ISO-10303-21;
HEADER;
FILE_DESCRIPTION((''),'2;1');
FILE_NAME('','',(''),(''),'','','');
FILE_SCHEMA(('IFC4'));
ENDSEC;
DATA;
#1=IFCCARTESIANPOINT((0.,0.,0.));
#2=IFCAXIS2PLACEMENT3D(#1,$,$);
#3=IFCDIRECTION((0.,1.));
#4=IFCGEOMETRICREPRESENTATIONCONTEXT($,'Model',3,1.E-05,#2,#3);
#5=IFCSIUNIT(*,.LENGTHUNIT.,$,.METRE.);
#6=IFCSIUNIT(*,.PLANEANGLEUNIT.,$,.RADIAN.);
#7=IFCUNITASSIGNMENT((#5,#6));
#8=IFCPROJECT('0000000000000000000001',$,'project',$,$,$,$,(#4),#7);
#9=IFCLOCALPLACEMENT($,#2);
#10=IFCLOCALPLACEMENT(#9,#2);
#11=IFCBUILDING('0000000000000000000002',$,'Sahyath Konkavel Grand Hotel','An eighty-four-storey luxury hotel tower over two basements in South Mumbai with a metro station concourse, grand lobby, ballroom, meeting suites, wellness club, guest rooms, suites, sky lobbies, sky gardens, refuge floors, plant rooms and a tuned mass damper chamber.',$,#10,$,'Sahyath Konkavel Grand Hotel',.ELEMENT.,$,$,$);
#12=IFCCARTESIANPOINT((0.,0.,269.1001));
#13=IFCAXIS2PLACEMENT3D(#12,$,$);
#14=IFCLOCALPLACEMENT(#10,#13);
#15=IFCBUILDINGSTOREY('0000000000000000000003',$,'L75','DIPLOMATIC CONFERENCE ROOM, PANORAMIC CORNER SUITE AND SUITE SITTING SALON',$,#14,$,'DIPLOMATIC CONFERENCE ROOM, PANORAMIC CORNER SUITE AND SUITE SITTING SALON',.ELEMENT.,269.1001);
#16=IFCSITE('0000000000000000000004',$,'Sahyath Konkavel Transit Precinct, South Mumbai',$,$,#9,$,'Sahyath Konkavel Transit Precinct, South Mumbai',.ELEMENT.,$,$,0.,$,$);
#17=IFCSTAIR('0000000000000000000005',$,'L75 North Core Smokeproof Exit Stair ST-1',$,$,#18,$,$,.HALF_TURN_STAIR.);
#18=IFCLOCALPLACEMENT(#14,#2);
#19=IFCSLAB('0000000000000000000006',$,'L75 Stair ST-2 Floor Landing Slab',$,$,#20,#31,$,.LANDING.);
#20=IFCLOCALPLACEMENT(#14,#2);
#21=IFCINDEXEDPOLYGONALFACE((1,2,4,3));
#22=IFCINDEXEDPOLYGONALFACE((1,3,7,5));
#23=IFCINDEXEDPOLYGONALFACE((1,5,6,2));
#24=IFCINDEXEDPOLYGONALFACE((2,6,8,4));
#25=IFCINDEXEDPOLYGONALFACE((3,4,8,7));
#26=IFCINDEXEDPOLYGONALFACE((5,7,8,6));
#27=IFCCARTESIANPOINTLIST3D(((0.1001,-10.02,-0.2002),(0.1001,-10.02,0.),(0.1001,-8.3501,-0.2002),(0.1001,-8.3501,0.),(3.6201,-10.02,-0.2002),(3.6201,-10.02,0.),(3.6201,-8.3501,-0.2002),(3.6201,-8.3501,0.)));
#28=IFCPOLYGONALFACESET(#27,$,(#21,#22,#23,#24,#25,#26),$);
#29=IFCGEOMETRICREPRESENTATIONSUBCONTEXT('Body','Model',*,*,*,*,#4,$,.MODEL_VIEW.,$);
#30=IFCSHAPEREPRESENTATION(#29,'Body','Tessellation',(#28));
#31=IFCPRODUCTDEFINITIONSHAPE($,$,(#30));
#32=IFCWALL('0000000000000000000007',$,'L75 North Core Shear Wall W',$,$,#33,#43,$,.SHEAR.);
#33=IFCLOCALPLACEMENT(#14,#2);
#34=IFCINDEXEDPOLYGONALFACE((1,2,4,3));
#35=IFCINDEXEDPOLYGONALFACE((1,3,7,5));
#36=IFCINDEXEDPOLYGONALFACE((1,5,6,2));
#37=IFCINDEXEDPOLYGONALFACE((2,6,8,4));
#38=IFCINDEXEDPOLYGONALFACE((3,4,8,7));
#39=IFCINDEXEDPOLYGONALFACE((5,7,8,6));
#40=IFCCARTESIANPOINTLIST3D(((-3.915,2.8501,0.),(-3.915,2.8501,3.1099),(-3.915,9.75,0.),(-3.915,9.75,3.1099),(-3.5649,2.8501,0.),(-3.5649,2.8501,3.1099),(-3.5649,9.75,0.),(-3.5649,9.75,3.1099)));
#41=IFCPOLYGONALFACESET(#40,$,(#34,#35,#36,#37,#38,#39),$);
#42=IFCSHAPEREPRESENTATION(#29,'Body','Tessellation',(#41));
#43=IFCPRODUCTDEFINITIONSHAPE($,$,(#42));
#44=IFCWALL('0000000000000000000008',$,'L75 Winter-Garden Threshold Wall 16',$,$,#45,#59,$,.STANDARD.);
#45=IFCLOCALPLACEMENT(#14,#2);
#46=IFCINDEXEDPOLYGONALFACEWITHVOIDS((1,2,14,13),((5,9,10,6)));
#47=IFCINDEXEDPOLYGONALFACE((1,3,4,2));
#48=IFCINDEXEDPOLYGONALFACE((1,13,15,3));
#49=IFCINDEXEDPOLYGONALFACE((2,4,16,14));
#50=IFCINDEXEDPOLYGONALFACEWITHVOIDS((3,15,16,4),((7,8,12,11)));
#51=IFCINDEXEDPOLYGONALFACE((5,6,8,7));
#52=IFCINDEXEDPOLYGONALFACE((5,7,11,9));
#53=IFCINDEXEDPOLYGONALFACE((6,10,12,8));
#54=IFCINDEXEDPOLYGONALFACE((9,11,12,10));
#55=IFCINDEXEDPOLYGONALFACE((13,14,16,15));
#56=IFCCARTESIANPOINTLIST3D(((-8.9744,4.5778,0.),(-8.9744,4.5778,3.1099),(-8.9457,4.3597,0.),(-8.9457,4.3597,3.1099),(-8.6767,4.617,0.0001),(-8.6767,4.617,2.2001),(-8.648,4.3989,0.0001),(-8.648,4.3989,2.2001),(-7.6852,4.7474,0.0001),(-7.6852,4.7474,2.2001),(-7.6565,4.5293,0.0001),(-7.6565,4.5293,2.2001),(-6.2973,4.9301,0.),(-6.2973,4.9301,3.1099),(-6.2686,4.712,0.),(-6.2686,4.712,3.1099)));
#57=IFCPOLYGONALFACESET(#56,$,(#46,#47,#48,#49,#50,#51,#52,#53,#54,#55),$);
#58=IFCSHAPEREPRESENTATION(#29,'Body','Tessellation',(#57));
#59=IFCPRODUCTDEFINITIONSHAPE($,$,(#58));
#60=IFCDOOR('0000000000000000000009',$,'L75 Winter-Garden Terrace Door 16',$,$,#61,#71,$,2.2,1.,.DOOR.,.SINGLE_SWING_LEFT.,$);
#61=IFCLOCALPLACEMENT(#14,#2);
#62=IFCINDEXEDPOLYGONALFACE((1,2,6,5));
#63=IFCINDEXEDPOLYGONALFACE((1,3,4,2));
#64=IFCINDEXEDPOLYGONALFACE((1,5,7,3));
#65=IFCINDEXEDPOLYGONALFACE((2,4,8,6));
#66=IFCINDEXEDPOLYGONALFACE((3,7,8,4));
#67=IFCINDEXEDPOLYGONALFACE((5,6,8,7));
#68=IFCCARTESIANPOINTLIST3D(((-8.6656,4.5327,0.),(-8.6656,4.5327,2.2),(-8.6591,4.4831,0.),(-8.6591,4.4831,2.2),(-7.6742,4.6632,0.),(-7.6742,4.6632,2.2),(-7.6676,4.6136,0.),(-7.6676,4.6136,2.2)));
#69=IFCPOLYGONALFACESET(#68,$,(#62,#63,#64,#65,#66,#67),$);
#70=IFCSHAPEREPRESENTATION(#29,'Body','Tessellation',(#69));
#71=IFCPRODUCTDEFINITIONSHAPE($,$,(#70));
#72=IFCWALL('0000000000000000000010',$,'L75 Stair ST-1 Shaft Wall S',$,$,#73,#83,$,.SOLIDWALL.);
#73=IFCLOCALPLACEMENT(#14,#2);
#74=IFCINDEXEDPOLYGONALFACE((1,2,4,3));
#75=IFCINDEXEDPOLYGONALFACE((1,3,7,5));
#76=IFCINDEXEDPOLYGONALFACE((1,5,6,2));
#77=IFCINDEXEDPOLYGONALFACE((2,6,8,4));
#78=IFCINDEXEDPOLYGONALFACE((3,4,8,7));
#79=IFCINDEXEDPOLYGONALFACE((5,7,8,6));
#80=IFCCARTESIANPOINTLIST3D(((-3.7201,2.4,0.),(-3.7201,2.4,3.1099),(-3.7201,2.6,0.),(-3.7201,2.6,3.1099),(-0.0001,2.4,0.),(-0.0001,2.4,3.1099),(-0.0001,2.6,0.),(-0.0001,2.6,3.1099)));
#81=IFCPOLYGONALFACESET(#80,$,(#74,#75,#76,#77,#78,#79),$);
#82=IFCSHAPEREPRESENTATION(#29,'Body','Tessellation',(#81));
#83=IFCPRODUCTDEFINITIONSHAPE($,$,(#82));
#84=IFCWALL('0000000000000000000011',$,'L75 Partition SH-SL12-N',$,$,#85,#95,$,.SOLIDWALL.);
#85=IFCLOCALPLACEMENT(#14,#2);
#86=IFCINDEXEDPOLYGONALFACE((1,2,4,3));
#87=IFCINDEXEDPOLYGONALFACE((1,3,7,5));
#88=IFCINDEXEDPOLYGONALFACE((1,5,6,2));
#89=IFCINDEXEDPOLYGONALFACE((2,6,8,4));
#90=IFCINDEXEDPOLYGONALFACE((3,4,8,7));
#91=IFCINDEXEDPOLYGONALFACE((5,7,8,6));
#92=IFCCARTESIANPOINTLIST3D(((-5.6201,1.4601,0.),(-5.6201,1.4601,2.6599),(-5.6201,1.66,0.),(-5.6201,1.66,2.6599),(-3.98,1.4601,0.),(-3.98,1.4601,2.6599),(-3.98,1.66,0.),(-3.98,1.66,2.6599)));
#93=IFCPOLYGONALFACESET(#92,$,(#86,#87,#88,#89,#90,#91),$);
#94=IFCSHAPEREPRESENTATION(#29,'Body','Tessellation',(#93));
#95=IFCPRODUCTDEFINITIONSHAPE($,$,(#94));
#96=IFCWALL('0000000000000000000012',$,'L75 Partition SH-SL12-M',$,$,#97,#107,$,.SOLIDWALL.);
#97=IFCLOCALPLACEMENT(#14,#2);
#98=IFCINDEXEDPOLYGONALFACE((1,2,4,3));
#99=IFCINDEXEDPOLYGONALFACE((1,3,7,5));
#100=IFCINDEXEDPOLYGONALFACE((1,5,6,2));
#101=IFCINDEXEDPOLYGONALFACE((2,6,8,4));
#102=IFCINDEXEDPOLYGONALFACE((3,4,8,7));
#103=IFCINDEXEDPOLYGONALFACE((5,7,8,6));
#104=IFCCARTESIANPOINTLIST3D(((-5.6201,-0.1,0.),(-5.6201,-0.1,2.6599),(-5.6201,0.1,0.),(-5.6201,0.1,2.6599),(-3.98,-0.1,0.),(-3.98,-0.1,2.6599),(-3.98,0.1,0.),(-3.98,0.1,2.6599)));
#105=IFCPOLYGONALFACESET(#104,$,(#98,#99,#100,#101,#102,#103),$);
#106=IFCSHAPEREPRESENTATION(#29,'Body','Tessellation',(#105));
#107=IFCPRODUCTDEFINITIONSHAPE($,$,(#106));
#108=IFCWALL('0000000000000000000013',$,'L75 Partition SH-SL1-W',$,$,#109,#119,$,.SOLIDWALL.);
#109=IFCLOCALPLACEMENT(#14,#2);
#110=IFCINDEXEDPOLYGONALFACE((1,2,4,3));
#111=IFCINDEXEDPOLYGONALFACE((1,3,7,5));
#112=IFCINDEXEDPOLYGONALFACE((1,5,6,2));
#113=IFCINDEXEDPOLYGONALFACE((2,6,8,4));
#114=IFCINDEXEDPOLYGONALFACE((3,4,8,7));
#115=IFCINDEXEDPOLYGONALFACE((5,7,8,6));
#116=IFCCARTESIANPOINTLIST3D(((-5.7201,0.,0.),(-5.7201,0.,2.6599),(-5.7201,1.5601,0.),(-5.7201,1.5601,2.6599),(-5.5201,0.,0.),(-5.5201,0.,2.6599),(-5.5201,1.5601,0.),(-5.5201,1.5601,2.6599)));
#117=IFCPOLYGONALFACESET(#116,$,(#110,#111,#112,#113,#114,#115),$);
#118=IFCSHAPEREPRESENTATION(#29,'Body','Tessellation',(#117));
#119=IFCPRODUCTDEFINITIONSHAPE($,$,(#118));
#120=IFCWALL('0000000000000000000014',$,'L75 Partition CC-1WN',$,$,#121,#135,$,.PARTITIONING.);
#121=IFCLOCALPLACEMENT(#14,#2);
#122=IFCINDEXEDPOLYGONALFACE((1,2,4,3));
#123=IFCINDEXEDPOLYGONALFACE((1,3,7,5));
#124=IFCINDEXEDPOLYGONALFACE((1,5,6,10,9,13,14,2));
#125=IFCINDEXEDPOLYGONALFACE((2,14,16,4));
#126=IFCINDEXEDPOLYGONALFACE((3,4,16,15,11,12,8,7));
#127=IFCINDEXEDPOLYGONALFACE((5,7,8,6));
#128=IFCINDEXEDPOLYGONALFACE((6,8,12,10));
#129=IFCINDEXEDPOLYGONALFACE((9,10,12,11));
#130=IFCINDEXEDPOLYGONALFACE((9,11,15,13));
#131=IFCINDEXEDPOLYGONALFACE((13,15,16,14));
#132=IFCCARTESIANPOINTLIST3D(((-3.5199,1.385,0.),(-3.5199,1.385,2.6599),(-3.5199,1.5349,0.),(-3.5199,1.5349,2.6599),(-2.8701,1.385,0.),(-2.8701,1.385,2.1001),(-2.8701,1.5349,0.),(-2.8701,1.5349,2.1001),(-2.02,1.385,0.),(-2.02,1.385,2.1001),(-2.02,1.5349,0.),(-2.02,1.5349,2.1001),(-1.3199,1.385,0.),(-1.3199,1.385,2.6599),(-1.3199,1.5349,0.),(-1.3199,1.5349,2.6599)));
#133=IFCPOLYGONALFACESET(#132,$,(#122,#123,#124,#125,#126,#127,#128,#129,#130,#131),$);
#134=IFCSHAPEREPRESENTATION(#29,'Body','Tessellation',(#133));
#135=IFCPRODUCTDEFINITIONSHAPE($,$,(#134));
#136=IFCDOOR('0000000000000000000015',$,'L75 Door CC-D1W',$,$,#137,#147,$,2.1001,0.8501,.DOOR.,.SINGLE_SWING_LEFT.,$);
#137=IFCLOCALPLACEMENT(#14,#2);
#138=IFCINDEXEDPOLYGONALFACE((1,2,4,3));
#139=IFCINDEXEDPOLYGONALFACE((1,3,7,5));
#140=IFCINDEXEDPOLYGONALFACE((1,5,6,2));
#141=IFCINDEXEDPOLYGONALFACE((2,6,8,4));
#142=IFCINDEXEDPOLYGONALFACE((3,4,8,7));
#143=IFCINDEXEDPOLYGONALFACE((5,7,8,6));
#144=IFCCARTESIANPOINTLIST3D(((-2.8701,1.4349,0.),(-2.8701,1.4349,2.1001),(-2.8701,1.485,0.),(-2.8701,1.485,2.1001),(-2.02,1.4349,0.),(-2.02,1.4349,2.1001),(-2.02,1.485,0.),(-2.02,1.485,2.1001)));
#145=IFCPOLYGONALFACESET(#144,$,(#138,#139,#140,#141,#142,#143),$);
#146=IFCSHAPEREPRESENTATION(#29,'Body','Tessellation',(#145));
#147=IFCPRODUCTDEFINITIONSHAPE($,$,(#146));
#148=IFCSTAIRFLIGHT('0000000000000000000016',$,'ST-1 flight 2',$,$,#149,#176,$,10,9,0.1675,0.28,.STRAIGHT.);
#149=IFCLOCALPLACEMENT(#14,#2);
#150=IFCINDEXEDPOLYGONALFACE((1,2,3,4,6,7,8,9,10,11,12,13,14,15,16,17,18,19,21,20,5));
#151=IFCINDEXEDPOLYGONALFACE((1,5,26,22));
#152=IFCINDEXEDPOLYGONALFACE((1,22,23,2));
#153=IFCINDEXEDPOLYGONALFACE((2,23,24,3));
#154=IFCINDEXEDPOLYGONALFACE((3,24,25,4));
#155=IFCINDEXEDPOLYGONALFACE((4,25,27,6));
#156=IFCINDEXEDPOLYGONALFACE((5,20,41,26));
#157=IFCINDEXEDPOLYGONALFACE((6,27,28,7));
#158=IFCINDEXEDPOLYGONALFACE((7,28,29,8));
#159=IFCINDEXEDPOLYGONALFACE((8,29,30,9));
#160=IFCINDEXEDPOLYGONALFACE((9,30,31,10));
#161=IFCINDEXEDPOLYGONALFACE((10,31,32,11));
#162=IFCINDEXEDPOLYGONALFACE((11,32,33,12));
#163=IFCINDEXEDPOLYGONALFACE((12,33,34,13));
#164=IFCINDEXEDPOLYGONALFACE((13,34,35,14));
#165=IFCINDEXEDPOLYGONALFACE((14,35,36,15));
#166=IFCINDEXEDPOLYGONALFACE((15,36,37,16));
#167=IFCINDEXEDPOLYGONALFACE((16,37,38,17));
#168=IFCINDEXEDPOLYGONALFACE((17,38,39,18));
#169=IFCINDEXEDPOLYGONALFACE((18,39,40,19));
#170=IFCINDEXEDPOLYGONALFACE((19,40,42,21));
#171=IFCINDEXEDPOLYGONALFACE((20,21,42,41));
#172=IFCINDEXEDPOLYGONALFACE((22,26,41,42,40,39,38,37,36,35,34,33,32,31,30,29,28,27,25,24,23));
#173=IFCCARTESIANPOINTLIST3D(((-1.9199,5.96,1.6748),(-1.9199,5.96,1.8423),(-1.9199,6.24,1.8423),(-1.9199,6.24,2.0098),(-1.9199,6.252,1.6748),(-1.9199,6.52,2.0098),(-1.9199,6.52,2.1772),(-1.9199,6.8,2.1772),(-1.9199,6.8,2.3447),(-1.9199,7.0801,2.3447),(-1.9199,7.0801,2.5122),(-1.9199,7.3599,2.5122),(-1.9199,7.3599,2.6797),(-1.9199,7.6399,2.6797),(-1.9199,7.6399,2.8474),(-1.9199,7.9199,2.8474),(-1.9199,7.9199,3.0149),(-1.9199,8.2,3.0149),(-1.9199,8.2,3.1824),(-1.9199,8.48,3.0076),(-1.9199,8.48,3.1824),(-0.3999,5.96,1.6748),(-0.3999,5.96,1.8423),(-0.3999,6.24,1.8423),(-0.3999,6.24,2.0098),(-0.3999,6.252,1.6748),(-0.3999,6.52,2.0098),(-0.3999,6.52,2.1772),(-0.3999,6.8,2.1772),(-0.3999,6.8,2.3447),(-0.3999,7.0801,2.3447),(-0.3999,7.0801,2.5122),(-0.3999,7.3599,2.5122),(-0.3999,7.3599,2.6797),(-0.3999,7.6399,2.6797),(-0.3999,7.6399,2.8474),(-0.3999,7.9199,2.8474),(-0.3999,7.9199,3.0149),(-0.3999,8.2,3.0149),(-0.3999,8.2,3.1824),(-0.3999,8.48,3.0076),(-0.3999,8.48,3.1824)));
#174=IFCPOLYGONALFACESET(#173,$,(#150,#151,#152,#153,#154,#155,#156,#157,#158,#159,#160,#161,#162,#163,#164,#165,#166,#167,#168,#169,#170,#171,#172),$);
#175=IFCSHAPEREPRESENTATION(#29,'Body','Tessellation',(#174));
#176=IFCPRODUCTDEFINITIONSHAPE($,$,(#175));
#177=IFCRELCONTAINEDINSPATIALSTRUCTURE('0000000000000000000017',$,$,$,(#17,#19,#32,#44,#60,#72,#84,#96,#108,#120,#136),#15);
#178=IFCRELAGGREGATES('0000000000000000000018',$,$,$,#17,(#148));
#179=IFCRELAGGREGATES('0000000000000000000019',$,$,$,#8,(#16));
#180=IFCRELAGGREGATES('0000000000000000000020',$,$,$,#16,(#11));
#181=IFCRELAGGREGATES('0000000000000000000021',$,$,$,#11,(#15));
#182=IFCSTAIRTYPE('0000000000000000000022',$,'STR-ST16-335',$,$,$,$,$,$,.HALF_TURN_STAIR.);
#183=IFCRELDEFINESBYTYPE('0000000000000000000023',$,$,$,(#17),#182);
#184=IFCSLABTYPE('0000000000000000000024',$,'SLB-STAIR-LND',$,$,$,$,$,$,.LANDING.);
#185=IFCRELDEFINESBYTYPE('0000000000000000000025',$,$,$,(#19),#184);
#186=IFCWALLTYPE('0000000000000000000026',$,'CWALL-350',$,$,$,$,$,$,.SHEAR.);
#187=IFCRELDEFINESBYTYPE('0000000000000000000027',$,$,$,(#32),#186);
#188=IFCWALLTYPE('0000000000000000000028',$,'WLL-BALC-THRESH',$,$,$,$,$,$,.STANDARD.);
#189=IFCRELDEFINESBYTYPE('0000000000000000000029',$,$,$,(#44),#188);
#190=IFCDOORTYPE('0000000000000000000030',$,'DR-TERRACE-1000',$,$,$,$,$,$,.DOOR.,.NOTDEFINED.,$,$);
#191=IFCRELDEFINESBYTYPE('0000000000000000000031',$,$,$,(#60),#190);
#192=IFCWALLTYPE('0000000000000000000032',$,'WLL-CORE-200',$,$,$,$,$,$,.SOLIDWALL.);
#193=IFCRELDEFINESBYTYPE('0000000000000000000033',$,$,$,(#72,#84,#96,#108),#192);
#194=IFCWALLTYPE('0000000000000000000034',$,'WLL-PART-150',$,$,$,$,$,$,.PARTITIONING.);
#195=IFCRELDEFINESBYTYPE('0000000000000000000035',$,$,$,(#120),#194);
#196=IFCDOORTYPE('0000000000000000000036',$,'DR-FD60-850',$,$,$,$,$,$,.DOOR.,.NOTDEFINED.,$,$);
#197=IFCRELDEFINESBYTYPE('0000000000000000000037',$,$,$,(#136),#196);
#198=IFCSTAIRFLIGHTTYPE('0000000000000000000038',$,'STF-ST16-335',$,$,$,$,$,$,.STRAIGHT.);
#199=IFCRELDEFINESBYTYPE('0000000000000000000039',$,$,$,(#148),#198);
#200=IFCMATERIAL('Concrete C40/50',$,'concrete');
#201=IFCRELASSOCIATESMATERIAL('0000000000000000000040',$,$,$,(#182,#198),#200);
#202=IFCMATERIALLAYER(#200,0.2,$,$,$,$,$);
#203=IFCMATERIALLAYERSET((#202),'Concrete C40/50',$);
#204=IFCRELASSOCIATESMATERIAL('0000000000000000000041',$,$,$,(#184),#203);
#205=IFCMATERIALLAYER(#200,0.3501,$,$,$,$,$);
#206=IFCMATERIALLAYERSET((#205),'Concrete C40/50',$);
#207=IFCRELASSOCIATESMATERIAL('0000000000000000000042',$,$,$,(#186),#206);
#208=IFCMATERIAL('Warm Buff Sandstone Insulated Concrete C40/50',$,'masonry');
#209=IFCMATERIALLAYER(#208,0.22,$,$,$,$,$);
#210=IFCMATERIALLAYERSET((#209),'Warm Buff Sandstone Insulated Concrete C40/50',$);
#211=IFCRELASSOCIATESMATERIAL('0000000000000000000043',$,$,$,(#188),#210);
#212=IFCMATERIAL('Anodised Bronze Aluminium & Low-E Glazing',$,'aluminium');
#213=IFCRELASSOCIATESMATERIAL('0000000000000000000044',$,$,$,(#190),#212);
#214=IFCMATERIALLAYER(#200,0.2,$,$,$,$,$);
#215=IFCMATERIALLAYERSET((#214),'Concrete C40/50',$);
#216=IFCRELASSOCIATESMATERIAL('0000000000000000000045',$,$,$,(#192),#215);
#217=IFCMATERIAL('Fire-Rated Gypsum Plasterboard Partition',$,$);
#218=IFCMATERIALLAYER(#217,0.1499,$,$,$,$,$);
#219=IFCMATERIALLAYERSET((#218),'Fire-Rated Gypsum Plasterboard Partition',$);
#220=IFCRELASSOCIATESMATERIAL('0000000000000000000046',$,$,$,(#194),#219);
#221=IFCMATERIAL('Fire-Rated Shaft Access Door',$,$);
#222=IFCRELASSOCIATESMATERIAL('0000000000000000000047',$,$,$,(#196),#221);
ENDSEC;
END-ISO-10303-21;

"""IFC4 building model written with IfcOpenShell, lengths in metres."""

from ifc_helpers import new_model, si_unit, direction, frame, frame_2d, origin, origin_2d, place, context, subcontext, project, spatial, polyline, rectangle, outline, extrude, source, transform, mapped, material, layer, layer_set, type_object, element, fill, aggregate, save


model = new_model("IFC4")

# Units and contexts
model_context = context("Model", 3, precision=1e-05, world=origin(), true_north=direction((0.0, 1.0)))
body_context = subcontext(model_context, "Body", "Model", "MODEL_VIEW")
ifc_project = project(units=[si_unit("LENGTHUNIT", "METRE"), si_unit("PLANEANGLEUNIT", "RADIAN")], contexts=[model_context])

# Site, building, storey
site_placement = place(None, origin())
site = spatial("IfcSite", under=ifc_project, at=site_placement, Name="Sahyath Konkavel Transit Precinct, South Mumbai", LongName="Sahyath Konkavel Transit Precinct, South Mumbai", CompositionType="ELEMENT", RefElevation=0.0)
building_placement = place(site_placement, origin())
building = spatial("IfcBuilding", under=site, at=building_placement, Name="Sahyath Konkavel Grand Hotel", Description="An eighty-four-storey luxury hotel tower over two basements in South Mumbai with a metro station concourse, grand lobby, ballroom, meeting suites, wellness club, guest rooms, suites, sky lobbies, sky gardens, refuge floors, plant rooms and a tuned mass damper chamber.", LongName="Sahyath Konkavel Grand Hotel", CompositionType="ELEMENT")
storey_placement = place(building_placement, frame((0.0, 0.0, 269.1001)))
storey = spatial("IfcBuildingStorey", under=building, at=storey_placement, Name="L75", Description="DIPLOMATIC CONFERENCE ROOM, PANORAMIC CORNER SUITE AND SUITE SITTING SALON", LongName="DIPLOMATIC CONFERENCE ROOM, PANORAMIC CORNER SUITE AND SUITE SITTING SALON", CompositionType="ELEMENT", Elevation=269.1001)

# Shared definitions
ifc_material_1 = material(Name="Concrete C40/50", Category="concrete")

# Shared definitions
ifc_material_2 = material(Name="Anodised Bronze Aluminium & Low-E Glazing", Category="aluminium")

# Stair
stair_type = type_object("IfcStairType", Name="STR-ST16-335", PredefinedType="HALF_TURN_STAIR", material=ifc_material_1)
stair_1_placement = place(storey_placement, origin())
stair_1 = element("IfcStair", 1, at=stair_1_placement, inside=storey, type_object=stair_type, Name="L75 North Core Smokeproof Exit Stair ST-1", PredefinedType="HALF_TURN_STAIR")
ifc_layer_1 = layer(ifc_material_1, 0.2)
ifc_layer_set_1 = layer_set([ifc_layer_1], Name="Concrete C40/50")
slab_type_1 = type_object("IfcSlabType", Name="SLB-STAIR-LND", PredefinedType="LANDING", material=ifc_layer_set_1)

# Slab
slab_1_placement = place(storey_placement, frame((0.0, 0.0, -0.2002)))
element("IfcSlab", 2, at=slab_1_placement, inside=storey, type_object=slab_type_1, Name="L75 Stair ST-2 Floor Landing Slab", PredefinedType="LANDING", context=body_context, shape_type="SweptSolid", body=[
    extrude(outline(polyline([(0.1001, -10.02), (3.6201, -10.02), (3.6201, -8.3501), (0.1001, -8.3501), (0.1001, -10.02)])), origin(), (0.0, 0.0, 1.0), 0.2002),
])

# Wall
ifc_layer_2 = layer(ifc_material_1, 0.3501)
ifc_layer_set_2 = layer_set([ifc_layer_2], Name="Concrete C40/50")
wall_type_1 = type_object("IfcWallType", Name="CWALL-350", PredefinedType="SHEAR", material=ifc_layer_set_2)
wall_1_placement = place(storey_placement, frame((-3.74, 2.8501, 0.0), z_axis=(0.0, 0.0, 1.0), x_axis=(0.0, 1.0, 0.0)))
element("IfcWall", 3, at=wall_1_placement, inside=storey, type_object=wall_type_1, Name="L75 North Core Shear Wall W", PredefinedType="SHEAR", context=body_context, shape_type="SweptSolid", body=[
    extrude(rectangle(XDim=6.8999, YDim=0.3501, at=frame_2d((3.45, 0.0))), origin(), (0.0, 0.0, 1.0), 3.1099),
])

# Wall, opening, door
ifc_material_3 = material(Name="Warm Buff Sandstone Insulated Concrete C40/50", Category="masonry")
ifc_layer_3 = layer(ifc_material_3, 0.22)
ifc_layer_set_3 = layer_set([ifc_layer_3], Name="Warm Buff Sandstone Insulated Concrete C40/50")
wall_type_2 = type_object("IfcWallType", Name="WLL-BALC-THRESH", PredefinedType="STANDARD", material=ifc_layer_set_3)
wall_2_placement = place(storey_placement, frame((-6.283, 4.821, 0.0), z_axis=(0.0, 0.0, 1.0), x_axis=(-0.991452, -0.130476, 0.0)))
wall_2 = element("IfcWall", 4, at=wall_2_placement, inside=storey, type_object=wall_type_2, Name="L75 Winter-Garden Threshold Wall 16", PredefinedType="STANDARD", context=body_context, shape_type="SweptSolid", body=[
    extrude(rectangle(XDim=2.7002, YDim=0.22, at=frame_2d((1.3501, 0.0))), origin(), (0.0, 0.0, 1.0), 3.1099),
])
opening_1_placement = place(wall_2_placement, frame((1.3999, 0.0, 0.0)))
opening_1 = element("IfcOpeningElement", 5, at=opening_1_placement, cuts=wall_2, PredefinedType="OPENING", context=body_context, shape_type="SweptSolid", body=[
    extrude(rectangle(XDim=1.0, YDim=2.2, at=frame_2d((0.5, 1.1001))), frame((0.0, 0.1201, 0.0), z_axis=(0.0, -1.0, 0.0), x_axis=(1.0, 0.0, 0.0)), (0.0, 0.0, 1.0), 0.24),
])
door_type_1 = type_object("IfcDoorType", Name="DR-TERRACE-1000", OperationType="NOTDEFINED", PredefinedType="DOOR", material=ifc_material_2)
shared_shape_1 = source(origin(), body_context, "Body", "SweptSolid", [
    extrude(rectangle(XDim=1.0, YDim=0.05, at=origin_2d()), origin(), (0.0, 0.0, 1.0), 2.2),
])
door_1_placement = place(opening_1_placement, frame((0.5, 0.0, 0.0)))
door_1 = element("IfcDoor", 6, at=door_1_placement, inside=storey, type_object=door_type_1, Name="L75 Winter-Garden Terrace Door 16", OperationType="SINGLE_SWING_LEFT", OverallHeight=2.2, OverallWidth=1.0, PredefinedType="DOOR", context=body_context, shape_type="MappedRepresentation", body=[
    mapped(shared_shape_1, transform((0.0, 0.0, 0.0), scale=1.0)),
])
fill(opening_1, door_1)

# Walls
ifc_layer_4 = layer(ifc_material_1, 0.2)
ifc_layer_set_4 = layer_set([ifc_layer_4], Name="Concrete C40/50")
wall_type_3 = type_object("IfcWallType", Name="WLL-CORE-200", PredefinedType="SOLIDWALL", material=ifc_layer_set_4)
wall_3_placement = place(storey_placement, frame((-3.72, 2.5, 0.0), z_axis=(0.0, 0.0, 1.0), x_axis=(1.0, 0.0, 0.0)))
element("IfcWall", 7, at=wall_3_placement, inside=storey, type_object=wall_type_3, Name="L75 Stair ST-1 Shaft Wall S", PredefinedType="SOLIDWALL", context=body_context, shape_type="SweptSolid", body=[
    extrude(rectangle(XDim=3.72, YDim=0.2, at=frame_2d((1.8599, 0.0))), origin(), (0.0, 0.0, 1.0), 3.1099),
])
for number, where, z_axis, x_axis, name in (
    (8, (-5.6201, 1.5601, 0.0), (0.0, 0.0, 1.0), (1.0, 0.0, 0.0), "L75 Partition SH-SL12-N"),
    (9, (-5.6201, 0.0, 0.0), (0.0, 0.0, 1.0), (1.0, 0.0, 0.0), "L75 Partition SH-SL12-M"),
):
    element("IfcWall", number, at=place(storey_placement, frame(where, z_axis=z_axis, x_axis=x_axis)), inside=storey, type_object=wall_type_3, Name=name, PredefinedType="SOLIDWALL", context=body_context, shape_type="SweptSolid", body=[
        extrude(rectangle(XDim=1.6401, YDim=0.2, at=frame_2d((0.8201, 0.0))), origin(), (0.0, 0.0, 1.0), 2.6599),
    ])
wall_4_placement = place(storey_placement, frame((-5.6201, 0.0, 0.0), z_axis=(0.0, 0.0, 1.0), x_axis=(0.0, 1.0, 0.0)))
element("IfcWall", 10, at=wall_4_placement, inside=storey, type_object=wall_type_3, Name="L75 Partition SH-SL1-W", PredefinedType="SOLIDWALL", context=body_context, shape_type="SweptSolid", body=[
    extrude(rectangle(XDim=1.5601, YDim=0.2, at=frame_2d((0.78, 0.0))), origin(), (0.0, 0.0, 1.0), 2.6599),
])

# Wall, opening, door
ifc_material_4 = material(Name="Fire-Rated Gypsum Plasterboard Partition")
ifc_layer_5 = layer(ifc_material_4, 0.1499)
ifc_layer_set_5 = layer_set([ifc_layer_5], Name="Fire-Rated Gypsum Plasterboard Partition")
wall_type_4 = type_object("IfcWallType", Name="WLL-PART-150", PredefinedType="PARTITIONING", material=ifc_layer_set_5)
wall_5_placement = place(storey_placement, frame((-3.52, 1.46, 0.0), z_axis=(0.0, 0.0, 1.0), x_axis=(1.0, 0.0, 0.0)))
wall_5 = element("IfcWall", 11, at=wall_5_placement, inside=storey, type_object=wall_type_4, Name="L75 Partition CC-1WN", PredefinedType="PARTITIONING", context=body_context, shape_type="SweptSolid", body=[
    extrude(rectangle(XDim=2.2, YDim=0.1499, at=frame_2d((1.1001, 0.0))), origin(), (0.0, 0.0, 1.0), 2.6599),
])
opening_2_placement = place(wall_5_placement, frame((0.6499, 0.0, 0.0)))
opening_2 = element("IfcOpeningElement", 12, at=opening_2_placement, cuts=wall_5, PredefinedType="OPENING", context=body_context, shape_type="SweptSolid", body=[
    extrude(rectangle(XDim=0.8501, YDim=2.1001, at=frame_2d((0.425, 1.05))), frame((0.0, 0.085, 0.0), z_axis=(0.0, -1.0, 0.0), x_axis=(1.0, 0.0, 0.0)), (0.0, 0.0, 1.0), 0.1699),
])
ifc_material_5 = material(Name="Fire-Rated Shaft Access Door")
door_type_2 = type_object("IfcDoorType", Name="DR-FD60-850", OperationType="NOTDEFINED", PredefinedType="DOOR", material=ifc_material_5)
shared_shape_2 = source(origin(), body_context, "Body", "SweptSolid", [
    extrude(rectangle(XDim=0.8501, YDim=0.05, at=origin_2d()), origin(), (0.0, 0.0, 1.0), 2.1001),
])
door_2_placement = place(opening_2_placement, frame((0.425, 0.0, 0.0)))
door_2 = element("IfcDoor", 13, at=door_2_placement, inside=storey, type_object=door_type_2, Name="L75 Door CC-D1W", OperationType="SINGLE_SWING_LEFT", OverallHeight=2.1001, OverallWidth=0.8501, PredefinedType="DOOR", context=body_context, shape_type="MappedRepresentation", body=[
    mapped(shared_shape_2, transform((0.0, 0.0, 0.0), scale=1.0)),
])
fill(opening_2, door_2)

# Stair flight
stair_flight_type = type_object("IfcStairFlightType", Name="STF-ST16-335", PredefinedType="STRAIGHT", material=ifc_material_1)
stair_flight_placement = place(storey_placement, frame((-1.1599, 5.96, 1.6748), z_axis=(0.0, 0.0, 1.0), x_axis=(0.0, 1.0, 0.0)))
stair_flight = element("IfcStairFlight", 14, at=stair_flight_placement, type_object=stair_flight_type, Name="ST-1 flight 2", NumberOfRisers=10, NumberOfTreads=9, PredefinedType="STRAIGHT", RiserHeight=0.1675, TreadLength=0.28, context=body_context, shape_type="SweptSolid", body=[
    extrude(outline(polyline([(0.0, 0.0), (0.0, 0.1675), (0.28, 0.1675), (0.28, 0.335), (0.5601, 0.335), (0.5601, 0.5024), (0.8401, 0.5024), (0.8401, 0.6699), (1.1201, 0.6699), (1.1201, 0.8374), (1.3999, 0.8374), (1.3999, 1.0049), (1.6799, 1.0049), (1.6799, 1.1726), (1.96, 1.1726), (1.96, 1.3401), (2.24, 1.3401), (2.24, 1.5076), (2.52, 1.5076), (2.52, 1.675), (2.52, 1.3328), (0.292, 0.0), (0.0, 0.0)])), frame((0.0, 0.76, 0.0), z_axis=(0.0, -1.0, 0.0), x_axis=(1.0, 0.0, 0.0)), (0.0, 0.0, 1.0), 1.52),
])
aggregate(stair_1, [stair_flight])

save(model, "model.ifc")
